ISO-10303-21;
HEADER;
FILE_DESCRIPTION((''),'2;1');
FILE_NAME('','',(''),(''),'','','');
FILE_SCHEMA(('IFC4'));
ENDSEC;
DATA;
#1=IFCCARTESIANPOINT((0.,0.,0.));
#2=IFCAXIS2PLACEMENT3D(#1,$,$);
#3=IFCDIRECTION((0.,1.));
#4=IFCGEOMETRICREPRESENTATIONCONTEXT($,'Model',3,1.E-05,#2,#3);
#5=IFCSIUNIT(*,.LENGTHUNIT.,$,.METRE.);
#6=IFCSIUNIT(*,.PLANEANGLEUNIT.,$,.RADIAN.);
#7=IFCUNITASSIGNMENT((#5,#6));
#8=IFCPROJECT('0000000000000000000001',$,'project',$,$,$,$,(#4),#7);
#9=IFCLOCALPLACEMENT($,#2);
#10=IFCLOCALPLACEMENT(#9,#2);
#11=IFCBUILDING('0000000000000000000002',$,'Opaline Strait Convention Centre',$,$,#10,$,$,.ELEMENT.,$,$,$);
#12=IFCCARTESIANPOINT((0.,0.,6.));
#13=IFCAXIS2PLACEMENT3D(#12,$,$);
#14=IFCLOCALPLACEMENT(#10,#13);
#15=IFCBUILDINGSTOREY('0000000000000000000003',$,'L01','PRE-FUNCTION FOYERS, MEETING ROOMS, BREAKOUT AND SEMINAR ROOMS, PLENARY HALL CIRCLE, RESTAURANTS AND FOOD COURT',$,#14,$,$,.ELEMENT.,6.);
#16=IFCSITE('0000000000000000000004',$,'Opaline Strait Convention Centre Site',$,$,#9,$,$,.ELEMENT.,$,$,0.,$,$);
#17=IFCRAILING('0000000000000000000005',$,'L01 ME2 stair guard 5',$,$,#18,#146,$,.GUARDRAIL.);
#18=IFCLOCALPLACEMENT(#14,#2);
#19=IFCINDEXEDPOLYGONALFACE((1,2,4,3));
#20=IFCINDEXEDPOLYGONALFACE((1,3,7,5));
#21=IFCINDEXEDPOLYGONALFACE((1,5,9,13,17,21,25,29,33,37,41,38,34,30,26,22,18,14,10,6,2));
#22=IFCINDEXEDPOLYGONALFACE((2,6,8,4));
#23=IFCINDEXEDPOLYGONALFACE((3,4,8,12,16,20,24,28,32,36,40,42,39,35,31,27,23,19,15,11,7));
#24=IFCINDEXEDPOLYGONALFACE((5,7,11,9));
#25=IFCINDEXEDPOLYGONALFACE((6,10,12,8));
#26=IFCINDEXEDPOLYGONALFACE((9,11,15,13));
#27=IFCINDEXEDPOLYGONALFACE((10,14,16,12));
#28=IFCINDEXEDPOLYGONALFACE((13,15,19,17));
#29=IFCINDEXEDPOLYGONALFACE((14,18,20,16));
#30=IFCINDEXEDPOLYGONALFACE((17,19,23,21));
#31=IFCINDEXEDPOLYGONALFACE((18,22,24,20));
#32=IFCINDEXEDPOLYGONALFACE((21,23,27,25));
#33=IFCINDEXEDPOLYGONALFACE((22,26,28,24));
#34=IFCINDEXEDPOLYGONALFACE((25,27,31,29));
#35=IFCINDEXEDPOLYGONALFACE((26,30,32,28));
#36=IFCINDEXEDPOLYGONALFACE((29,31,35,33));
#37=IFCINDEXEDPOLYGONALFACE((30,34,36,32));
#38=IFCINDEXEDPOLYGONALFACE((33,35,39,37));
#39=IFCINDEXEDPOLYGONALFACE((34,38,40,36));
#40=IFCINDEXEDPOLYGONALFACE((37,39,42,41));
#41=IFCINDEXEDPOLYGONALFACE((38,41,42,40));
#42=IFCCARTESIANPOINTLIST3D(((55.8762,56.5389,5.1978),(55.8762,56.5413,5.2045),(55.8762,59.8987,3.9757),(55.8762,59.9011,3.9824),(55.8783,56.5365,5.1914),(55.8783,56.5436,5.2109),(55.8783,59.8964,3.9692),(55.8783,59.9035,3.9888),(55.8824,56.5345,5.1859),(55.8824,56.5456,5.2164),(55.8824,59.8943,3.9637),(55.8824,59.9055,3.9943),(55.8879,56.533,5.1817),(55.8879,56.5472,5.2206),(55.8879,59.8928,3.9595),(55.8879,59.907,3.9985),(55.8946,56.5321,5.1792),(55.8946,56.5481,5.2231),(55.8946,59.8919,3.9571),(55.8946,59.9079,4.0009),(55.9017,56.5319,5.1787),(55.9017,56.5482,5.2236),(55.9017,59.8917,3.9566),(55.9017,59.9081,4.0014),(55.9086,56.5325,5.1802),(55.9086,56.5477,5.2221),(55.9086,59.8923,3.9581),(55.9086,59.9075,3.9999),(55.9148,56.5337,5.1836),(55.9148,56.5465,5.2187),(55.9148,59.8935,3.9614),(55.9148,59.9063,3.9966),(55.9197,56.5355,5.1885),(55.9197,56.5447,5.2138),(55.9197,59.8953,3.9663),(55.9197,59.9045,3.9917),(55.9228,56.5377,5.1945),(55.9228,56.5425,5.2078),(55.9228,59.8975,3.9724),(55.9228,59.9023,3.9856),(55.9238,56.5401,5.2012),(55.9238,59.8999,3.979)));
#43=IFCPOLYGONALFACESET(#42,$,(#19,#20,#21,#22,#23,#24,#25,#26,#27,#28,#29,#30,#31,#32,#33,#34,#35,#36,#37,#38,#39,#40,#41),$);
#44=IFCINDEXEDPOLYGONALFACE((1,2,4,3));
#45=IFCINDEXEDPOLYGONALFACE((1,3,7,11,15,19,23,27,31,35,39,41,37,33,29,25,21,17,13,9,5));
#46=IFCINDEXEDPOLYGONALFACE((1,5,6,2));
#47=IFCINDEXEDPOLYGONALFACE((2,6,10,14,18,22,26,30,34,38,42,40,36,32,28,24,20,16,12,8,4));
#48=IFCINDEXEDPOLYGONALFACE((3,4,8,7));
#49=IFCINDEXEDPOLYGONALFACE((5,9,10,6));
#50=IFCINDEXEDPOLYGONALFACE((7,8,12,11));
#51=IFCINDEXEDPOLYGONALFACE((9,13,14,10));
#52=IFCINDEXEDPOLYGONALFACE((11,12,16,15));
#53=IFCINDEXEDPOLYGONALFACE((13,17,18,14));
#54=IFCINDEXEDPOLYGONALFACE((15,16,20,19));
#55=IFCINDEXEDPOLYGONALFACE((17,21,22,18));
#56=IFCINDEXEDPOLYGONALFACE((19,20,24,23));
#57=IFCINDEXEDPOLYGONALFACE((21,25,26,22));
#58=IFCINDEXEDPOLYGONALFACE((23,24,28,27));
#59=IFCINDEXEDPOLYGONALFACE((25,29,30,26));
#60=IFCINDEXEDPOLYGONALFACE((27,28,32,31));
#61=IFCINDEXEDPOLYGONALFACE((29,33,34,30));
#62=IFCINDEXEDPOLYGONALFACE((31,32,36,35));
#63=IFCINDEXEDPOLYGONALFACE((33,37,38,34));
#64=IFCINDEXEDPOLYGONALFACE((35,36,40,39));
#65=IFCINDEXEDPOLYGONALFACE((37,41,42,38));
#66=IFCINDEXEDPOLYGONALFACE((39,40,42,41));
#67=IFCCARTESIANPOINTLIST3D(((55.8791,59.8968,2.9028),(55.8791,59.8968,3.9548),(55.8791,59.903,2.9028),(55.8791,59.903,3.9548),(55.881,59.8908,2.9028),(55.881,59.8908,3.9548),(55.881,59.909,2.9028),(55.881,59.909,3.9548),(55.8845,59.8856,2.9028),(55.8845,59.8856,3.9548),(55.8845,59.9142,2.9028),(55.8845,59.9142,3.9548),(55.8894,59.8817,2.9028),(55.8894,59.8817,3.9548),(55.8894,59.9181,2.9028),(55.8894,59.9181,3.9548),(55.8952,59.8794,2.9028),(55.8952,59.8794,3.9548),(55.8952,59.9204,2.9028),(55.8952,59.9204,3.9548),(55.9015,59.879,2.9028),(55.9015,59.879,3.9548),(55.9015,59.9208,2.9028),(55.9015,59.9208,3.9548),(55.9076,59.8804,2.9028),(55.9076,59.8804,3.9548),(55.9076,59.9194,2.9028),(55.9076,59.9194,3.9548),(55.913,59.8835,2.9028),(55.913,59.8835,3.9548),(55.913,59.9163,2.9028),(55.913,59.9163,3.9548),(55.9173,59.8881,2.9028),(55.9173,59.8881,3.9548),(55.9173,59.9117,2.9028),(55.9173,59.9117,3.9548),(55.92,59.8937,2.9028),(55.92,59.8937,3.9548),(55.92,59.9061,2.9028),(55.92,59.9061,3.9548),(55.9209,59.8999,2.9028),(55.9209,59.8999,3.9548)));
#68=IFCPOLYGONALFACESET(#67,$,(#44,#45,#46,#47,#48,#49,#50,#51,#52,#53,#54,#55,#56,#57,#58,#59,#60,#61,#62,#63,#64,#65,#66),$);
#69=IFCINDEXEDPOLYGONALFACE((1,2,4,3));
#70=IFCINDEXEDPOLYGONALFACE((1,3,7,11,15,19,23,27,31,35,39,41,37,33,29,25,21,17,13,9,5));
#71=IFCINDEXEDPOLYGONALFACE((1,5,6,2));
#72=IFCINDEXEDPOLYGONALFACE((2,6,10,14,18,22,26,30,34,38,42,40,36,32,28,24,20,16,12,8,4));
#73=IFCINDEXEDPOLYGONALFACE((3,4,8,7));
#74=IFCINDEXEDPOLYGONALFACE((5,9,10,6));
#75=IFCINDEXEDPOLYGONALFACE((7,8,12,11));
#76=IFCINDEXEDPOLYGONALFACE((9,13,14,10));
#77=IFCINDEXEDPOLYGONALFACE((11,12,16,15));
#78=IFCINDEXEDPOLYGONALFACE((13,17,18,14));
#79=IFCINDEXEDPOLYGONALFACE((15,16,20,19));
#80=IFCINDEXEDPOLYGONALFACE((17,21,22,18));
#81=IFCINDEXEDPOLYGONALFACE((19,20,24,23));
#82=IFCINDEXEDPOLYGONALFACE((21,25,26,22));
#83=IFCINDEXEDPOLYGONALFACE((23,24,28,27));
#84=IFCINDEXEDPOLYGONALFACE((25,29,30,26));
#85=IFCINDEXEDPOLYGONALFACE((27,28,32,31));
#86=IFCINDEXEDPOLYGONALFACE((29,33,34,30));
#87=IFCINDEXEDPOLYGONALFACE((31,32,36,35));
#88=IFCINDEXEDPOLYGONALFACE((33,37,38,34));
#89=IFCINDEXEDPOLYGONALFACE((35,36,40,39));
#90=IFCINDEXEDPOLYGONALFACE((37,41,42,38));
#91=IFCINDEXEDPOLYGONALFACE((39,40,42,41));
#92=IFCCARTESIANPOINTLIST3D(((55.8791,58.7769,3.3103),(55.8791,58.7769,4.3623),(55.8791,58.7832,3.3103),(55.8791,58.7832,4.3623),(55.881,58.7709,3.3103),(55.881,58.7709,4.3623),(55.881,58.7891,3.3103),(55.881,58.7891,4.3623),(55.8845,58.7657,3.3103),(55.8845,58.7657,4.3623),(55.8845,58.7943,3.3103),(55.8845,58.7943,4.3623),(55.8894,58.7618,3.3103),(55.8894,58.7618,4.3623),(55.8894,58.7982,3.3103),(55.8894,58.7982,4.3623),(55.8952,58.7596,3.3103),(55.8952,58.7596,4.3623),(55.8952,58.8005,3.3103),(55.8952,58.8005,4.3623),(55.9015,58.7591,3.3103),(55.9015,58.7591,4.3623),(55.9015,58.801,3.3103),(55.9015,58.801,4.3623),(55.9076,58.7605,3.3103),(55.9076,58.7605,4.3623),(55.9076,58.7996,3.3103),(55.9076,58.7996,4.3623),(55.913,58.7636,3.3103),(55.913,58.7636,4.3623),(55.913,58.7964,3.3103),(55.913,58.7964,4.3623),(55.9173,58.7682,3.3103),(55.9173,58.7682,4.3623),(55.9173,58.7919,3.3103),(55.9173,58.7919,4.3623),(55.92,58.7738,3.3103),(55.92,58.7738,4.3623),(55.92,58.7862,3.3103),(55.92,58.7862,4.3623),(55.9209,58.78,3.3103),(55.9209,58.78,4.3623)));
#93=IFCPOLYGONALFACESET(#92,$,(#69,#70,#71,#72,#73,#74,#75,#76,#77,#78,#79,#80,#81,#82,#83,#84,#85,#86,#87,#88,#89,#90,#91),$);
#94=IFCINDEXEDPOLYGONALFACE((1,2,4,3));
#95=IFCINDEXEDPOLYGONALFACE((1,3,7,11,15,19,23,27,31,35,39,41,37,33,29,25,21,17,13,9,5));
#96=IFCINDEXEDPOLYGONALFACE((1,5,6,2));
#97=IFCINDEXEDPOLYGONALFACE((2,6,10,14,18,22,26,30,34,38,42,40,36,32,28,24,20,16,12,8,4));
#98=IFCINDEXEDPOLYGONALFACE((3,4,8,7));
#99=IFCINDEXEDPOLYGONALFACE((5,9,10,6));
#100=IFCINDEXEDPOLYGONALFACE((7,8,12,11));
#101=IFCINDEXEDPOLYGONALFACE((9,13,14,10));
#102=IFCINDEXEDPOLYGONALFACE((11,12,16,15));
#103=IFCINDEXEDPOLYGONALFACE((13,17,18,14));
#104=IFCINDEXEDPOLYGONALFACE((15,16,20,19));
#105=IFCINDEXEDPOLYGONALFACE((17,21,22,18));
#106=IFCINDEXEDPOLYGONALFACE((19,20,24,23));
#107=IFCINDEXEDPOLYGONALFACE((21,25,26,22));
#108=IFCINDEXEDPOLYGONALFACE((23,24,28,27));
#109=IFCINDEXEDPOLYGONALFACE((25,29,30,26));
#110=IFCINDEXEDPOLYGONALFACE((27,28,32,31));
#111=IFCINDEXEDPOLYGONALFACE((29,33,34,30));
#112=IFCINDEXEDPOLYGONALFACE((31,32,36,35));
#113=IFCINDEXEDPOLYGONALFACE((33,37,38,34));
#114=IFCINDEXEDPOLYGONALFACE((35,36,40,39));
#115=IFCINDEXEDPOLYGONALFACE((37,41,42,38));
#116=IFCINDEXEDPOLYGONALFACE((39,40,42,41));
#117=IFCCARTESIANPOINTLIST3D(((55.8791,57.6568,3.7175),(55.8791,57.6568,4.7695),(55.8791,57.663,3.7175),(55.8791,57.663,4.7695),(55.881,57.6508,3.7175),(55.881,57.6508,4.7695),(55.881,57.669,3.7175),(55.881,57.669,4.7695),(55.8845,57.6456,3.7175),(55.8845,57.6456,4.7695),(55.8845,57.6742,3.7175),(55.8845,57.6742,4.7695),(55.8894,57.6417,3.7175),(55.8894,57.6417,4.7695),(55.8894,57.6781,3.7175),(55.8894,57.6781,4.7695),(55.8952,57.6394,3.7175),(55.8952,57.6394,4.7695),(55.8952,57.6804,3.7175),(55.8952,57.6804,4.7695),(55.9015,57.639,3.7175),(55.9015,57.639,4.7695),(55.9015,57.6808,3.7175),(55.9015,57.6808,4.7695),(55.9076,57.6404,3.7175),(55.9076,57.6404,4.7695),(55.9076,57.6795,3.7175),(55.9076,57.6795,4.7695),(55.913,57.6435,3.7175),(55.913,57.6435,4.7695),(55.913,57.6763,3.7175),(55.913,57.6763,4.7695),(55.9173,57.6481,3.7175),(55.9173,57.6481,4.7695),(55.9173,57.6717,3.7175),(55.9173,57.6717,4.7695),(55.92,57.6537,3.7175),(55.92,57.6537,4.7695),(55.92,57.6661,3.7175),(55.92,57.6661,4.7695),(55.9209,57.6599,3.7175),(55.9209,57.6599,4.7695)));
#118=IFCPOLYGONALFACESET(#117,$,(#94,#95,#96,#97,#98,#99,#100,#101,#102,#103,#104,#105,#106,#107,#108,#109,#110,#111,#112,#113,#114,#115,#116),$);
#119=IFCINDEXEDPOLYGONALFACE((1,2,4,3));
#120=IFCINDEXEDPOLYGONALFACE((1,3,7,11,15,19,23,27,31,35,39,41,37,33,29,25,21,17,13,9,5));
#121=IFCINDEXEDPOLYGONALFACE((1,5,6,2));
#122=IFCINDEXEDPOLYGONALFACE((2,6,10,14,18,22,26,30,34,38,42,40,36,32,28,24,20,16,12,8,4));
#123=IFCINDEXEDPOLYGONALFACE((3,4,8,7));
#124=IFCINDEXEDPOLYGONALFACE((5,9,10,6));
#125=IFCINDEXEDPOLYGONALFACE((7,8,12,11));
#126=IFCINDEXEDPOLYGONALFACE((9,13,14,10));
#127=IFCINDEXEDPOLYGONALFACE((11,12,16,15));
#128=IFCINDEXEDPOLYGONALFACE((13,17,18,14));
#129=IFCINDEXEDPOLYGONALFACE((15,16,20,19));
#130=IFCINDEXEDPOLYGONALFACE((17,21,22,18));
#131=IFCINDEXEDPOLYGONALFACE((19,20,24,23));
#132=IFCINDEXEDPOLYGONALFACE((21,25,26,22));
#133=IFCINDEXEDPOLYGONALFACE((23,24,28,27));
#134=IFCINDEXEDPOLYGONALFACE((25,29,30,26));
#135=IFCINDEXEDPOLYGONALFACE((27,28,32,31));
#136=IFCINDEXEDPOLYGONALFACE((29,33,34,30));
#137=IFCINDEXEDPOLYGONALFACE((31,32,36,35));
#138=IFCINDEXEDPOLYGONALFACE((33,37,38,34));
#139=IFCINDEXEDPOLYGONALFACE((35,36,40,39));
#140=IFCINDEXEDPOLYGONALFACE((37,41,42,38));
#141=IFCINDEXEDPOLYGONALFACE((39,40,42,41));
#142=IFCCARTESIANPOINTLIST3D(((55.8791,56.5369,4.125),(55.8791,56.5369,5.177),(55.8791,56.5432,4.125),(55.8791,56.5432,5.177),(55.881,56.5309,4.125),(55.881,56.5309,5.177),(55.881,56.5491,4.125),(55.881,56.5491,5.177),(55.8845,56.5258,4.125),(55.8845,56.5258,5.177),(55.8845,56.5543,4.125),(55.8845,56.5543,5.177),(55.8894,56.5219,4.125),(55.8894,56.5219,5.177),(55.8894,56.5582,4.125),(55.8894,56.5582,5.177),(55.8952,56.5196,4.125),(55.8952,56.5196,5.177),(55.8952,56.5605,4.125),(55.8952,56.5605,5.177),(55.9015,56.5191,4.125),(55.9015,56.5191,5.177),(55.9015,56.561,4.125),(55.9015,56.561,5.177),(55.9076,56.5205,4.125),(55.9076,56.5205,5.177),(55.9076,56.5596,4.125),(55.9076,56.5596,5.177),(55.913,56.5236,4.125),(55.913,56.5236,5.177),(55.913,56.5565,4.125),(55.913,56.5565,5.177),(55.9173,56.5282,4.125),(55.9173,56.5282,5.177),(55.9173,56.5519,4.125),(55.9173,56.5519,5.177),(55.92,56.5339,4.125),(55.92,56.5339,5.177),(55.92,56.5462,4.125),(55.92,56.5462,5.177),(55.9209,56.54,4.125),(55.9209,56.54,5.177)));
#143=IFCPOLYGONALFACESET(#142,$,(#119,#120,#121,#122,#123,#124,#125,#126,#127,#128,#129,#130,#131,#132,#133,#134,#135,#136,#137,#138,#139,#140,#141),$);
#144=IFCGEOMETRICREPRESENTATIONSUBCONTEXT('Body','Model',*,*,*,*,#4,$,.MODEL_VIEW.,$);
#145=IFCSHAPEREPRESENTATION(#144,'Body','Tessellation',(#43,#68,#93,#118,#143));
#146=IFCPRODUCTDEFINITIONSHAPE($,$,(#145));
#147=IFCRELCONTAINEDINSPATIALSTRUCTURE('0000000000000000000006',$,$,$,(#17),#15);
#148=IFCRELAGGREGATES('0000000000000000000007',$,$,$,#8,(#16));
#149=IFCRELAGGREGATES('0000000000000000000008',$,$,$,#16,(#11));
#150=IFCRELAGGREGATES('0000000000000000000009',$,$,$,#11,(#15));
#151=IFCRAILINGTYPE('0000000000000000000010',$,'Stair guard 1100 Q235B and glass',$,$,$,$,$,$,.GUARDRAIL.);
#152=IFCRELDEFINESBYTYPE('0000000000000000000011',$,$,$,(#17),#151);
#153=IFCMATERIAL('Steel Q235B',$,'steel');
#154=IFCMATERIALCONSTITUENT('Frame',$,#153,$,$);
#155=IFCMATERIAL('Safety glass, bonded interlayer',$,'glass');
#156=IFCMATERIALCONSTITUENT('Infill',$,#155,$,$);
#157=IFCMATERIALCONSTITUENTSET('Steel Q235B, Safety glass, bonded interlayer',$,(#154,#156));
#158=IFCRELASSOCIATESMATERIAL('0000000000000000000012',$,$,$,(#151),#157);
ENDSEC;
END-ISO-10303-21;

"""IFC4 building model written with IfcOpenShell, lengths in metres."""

from ifc_helpers import new_model, si_unit, direction, frame, origin, origin_2d, place, context, subcontext, project, spatial, circle, extrude, material, constituent, constituent_set, type_object, element, save


model = new_model("IFC4")

# Units and contexts
model_context = context("Model", 3, precision=1e-05, world=origin(), true_north=direction((0.0, 1.0)))
body_context = subcontext(model_context, "Body", "Model", "MODEL_VIEW")
ifc_project = project(units=[si_unit("LENGTHUNIT", "METRE"), si_unit("PLANEANGLEUNIT", "RADIAN")], contexts=[model_context])

# Site, building, storey
site_placement = place(None, origin())
site = spatial("IfcSite", under=ifc_project, at=site_placement, Name="Opaline Strait Convention Centre Site", CompositionType="ELEMENT", RefElevation=0.0)
building_placement = place(site_placement, origin())
building = spatial("IfcBuilding", under=site, at=building_placement, Name="Opaline Strait Convention Centre", CompositionType="ELEMENT")
storey_placement = place(building_placement, frame((0.0, 0.0, 6.0)))
storey = spatial("IfcBuildingStorey", under=building, at=storey_placement, Name="L01", Description="PRE-FUNCTION FOYERS, MEETING ROOMS, BREAKOUT AND SEMINAR ROOMS, PLENARY HALL CIRCLE, RESTAURANTS AND FOOD COURT", CompositionType="ELEMENT", Elevation=6.0)

# Railing
ifc_material_1 = material(Name="Steel Q235B", Category="steel")
ifc_constituent_1 = constituent(ifc_material_1, Name="Frame")
ifc_material_2 = material(Name="Safety glass, bonded interlayer", Category="glass")
ifc_constituent_2 = constituent(ifc_material_2, Name="Infill")
ifc_constituent_set = constituent_set(constituents=[ifc_constituent_1, ifc_constituent_2], Name="Steel Q235B, Safety glass, bonded interlayer")
railing_type_1 = type_object("IfcRailingType", Name="Stair guard 1100 Q235B and glass", PredefinedType="GUARDRAIL", material=ifc_constituent_set)
railing_1_placement = place(storey_placement, frame((55.8999, 59.8999, 2.9028)))
element("IfcRailing", 1, at=railing_1_placement, inside=storey, type_object=railing_type_1, Name="L01 ME2 stair guard 5", PredefinedType="GUARDRAIL", context=body_context, shape_type="SweptSolid", body=[
    extrude(circle(Radius=0.0239, at=origin_2d()), frame((0.0, 0.0, 1.0762), z_axis=(0.0, -0.939758, 0.341842), x_axis=(1.0, 0.0, 0.0)), (0.0, 0.0, 1.0), 3.5752),
    extrude(circle(Radius=0.021, at=origin_2d()), origin(), (0.0, 0.0, 1.0), 1.052),
    extrude(circle(Radius=0.021, at=origin_2d()), frame((0.0, -1.1199, 0.4075)), (0.0, 0.0, 1.0), 1.052),
    extrude(circle(Radius=0.021, at=origin_2d()), frame((0.0, -2.24, 0.8147)), (0.0, 0.0, 1.0), 1.052),
    extrude(circle(Radius=0.021, at=origin_2d()), frame((0.0, -3.3599, 1.2222)), (0.0, 0.0, 1.0), 1.052),
])

save(model, "model.ifc")
